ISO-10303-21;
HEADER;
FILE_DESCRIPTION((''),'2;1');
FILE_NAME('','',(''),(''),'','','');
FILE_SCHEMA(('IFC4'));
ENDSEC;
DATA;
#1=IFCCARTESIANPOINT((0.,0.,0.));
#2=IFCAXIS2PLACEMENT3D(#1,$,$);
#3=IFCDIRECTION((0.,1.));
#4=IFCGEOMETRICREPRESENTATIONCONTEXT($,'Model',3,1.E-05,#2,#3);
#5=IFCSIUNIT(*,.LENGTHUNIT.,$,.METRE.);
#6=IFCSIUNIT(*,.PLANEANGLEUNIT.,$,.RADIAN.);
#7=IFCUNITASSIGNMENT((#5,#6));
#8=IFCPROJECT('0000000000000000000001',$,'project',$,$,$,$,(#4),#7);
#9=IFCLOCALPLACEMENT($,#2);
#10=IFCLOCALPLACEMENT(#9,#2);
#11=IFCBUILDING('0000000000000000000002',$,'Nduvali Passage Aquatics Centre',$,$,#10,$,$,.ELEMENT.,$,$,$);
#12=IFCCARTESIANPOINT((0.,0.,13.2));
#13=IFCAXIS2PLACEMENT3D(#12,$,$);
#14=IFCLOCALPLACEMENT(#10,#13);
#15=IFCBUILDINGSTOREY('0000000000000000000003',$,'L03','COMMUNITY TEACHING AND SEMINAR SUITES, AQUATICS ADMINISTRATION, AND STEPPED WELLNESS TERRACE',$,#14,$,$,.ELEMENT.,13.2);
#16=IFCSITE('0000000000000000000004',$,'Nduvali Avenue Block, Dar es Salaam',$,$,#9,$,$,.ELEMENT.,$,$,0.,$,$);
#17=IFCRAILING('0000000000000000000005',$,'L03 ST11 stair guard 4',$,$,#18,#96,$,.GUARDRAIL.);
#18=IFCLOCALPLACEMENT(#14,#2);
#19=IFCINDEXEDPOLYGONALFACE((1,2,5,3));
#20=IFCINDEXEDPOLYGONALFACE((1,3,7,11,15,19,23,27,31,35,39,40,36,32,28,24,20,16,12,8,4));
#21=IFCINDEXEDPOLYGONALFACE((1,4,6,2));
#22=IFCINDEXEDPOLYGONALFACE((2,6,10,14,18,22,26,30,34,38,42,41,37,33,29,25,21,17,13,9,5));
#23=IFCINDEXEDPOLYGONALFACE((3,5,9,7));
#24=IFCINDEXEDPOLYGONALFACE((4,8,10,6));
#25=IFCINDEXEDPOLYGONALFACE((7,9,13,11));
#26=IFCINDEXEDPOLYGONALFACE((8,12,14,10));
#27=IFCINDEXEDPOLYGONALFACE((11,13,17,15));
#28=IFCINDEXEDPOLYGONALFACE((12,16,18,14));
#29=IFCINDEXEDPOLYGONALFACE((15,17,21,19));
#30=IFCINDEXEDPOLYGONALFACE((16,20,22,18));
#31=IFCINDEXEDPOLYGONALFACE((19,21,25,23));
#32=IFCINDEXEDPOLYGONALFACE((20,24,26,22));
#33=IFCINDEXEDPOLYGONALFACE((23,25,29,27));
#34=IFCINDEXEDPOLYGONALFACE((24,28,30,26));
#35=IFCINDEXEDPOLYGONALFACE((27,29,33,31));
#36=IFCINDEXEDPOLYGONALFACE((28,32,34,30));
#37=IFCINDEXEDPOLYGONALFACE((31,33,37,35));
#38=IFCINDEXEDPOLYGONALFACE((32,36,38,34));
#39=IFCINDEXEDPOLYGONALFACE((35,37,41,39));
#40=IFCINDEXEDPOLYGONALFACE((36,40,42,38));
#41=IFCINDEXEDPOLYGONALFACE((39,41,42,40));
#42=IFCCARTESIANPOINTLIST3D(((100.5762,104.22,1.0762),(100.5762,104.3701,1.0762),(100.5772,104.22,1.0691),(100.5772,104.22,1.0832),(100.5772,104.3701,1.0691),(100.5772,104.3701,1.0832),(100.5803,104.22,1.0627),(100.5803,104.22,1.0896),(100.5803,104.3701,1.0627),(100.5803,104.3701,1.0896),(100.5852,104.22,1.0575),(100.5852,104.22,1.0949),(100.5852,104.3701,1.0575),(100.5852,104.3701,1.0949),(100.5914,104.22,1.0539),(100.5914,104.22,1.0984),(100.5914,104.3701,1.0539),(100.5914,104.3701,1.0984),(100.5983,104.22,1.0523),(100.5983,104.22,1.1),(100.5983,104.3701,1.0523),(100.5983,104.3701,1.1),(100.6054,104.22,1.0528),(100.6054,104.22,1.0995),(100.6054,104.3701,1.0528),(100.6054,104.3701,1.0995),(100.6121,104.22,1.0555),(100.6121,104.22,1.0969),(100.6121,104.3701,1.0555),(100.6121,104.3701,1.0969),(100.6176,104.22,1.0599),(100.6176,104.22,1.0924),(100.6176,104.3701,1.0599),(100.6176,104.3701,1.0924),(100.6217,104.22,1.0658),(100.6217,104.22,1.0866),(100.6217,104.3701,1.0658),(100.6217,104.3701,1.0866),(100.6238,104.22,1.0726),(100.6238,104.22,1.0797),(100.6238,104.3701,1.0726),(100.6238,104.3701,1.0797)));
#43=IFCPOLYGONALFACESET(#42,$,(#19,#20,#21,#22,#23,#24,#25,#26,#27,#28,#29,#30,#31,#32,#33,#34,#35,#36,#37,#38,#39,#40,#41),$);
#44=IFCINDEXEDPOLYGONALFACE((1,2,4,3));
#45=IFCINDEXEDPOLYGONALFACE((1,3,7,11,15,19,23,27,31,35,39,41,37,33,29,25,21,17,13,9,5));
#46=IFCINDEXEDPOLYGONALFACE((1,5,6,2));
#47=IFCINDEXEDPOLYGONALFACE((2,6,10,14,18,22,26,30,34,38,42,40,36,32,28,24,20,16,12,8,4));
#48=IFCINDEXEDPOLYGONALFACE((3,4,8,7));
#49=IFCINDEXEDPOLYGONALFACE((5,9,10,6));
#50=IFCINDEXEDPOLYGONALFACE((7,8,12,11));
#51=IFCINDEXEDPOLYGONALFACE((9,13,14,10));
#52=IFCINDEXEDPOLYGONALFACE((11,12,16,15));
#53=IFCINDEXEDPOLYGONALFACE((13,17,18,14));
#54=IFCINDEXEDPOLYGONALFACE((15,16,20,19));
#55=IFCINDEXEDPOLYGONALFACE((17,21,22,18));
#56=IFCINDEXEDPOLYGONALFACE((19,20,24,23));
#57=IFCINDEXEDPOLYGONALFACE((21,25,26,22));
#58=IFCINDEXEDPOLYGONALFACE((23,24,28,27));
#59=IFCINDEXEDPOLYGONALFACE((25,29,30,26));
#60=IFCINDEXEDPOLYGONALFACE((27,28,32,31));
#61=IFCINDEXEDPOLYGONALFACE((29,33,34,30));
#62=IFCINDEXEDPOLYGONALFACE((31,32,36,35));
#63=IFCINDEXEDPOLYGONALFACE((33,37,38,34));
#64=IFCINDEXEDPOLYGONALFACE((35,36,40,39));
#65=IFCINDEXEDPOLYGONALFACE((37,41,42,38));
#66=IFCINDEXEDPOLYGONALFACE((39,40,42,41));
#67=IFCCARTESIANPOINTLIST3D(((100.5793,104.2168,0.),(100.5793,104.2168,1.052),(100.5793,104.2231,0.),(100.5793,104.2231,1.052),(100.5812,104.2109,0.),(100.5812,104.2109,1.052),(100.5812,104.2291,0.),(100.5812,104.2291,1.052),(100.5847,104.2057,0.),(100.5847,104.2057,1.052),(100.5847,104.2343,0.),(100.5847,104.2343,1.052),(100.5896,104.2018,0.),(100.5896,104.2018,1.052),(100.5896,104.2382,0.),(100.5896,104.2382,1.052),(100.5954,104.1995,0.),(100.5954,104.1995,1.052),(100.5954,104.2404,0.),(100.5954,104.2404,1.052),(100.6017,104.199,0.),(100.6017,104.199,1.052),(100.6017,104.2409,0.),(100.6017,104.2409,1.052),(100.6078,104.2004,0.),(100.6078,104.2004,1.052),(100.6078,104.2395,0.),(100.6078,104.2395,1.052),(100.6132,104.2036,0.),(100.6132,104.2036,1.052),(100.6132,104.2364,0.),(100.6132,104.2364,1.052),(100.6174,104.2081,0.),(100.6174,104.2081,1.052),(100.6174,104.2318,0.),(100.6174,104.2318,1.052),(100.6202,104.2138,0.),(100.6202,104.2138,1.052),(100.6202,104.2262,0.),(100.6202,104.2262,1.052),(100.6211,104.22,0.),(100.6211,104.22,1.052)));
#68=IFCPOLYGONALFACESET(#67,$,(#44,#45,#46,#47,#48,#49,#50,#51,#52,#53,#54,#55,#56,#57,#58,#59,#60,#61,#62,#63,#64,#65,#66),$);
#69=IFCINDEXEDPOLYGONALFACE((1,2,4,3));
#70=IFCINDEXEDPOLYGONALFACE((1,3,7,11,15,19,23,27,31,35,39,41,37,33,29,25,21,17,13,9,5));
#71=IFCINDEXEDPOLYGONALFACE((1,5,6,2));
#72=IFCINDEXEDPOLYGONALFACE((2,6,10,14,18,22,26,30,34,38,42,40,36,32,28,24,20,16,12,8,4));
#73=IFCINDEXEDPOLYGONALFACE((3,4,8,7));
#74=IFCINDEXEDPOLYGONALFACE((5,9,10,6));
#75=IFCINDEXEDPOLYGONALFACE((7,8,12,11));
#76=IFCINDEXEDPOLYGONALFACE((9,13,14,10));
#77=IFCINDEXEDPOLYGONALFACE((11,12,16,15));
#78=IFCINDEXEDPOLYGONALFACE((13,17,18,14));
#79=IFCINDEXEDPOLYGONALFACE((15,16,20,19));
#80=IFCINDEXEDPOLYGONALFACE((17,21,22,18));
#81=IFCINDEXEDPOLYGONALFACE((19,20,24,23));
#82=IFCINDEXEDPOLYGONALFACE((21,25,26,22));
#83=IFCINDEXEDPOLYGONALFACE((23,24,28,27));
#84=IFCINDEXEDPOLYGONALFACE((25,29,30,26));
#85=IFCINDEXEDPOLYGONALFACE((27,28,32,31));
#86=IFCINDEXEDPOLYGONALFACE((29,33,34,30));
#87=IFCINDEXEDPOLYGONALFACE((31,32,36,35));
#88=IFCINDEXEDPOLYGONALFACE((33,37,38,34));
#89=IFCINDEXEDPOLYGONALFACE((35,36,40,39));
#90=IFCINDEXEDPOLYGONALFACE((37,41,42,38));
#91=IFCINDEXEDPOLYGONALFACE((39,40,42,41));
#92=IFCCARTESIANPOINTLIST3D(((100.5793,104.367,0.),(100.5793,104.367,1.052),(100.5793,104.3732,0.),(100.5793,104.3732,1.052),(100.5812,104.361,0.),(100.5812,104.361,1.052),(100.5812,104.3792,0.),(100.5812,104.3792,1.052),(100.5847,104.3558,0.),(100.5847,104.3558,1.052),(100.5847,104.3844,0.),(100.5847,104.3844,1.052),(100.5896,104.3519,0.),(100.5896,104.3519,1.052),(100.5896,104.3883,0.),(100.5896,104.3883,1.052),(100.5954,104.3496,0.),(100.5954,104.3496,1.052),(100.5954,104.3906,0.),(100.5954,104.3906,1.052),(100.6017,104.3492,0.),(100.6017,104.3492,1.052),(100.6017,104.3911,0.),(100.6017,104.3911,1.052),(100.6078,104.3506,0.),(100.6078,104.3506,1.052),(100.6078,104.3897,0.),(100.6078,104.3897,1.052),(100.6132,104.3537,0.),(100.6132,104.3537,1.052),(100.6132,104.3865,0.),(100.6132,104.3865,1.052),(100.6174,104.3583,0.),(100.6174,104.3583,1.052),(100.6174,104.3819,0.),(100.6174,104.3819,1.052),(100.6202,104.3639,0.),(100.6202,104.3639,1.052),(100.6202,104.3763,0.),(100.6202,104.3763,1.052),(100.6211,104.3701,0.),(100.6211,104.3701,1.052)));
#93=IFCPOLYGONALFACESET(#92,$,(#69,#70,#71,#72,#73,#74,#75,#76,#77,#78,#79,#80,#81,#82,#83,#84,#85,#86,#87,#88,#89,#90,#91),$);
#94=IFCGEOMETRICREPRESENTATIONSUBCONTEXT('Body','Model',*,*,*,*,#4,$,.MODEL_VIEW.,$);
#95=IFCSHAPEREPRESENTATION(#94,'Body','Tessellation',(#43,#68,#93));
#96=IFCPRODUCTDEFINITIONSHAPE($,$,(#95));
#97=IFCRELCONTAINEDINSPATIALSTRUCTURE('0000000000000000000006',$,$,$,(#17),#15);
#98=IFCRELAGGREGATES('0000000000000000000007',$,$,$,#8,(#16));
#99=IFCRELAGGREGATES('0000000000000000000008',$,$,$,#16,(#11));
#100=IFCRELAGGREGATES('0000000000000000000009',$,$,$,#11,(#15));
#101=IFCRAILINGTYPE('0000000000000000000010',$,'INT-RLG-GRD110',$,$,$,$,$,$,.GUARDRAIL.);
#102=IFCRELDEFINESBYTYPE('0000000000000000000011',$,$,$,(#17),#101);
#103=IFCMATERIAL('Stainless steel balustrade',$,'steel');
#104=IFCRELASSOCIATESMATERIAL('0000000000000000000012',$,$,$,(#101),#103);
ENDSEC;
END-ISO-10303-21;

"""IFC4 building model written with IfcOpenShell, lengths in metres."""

from ifc_helpers import new_model, si_unit, direction, frame, origin, origin_2d, place, context, subcontext, project, spatial, circle, extrude, material, type_object, element, save


model = new_model("IFC4")

# Units and contexts
model_context = context("Model", 3, precision=1e-05, world=origin(), true_north=direction((0.0, 1.0)))
body_context = subcontext(model_context, "Body", "Model", "MODEL_VIEW")
ifc_project = project(units=[si_unit("LENGTHUNIT", "METRE"), si_unit("PLANEANGLEUNIT", "RADIAN")], contexts=[model_context])

# Site, building, storey
site_placement = place(None, origin())
site = spatial("IfcSite", under=ifc_project, at=site_placement, Name="Nduvali Avenue Block, Dar es Salaam", CompositionType="ELEMENT", RefElevation=0.0)
building_placement = place(site_placement, origin())
building = spatial("IfcBuilding", under=site, at=building_placement, Name="Nduvali Passage Aquatics Centre", CompositionType="ELEMENT")
storey_placement = place(building_placement, frame((0.0, 0.0, 13.2)))
storey = spatial("IfcBuildingStorey", under=building, at=storey_placement, Name="L03", Description="COMMUNITY TEACHING AND SEMINAR SUITES, AQUATICS ADMINISTRATION, AND STEPPED WELLNESS TERRACE", CompositionType="ELEMENT", Elevation=13.2)

# Railing
ifc_material_1 = material(Name="Stainless steel balustrade", Category="steel")
railing_type_1 = type_object("IfcRailingType", Name="INT-RLG-GRD110", PredefinedType="GUARDRAIL", material=ifc_material_1)
railing_1_placement = place(storey_placement, frame((100.6001, 104.22, 0.0)))
element("IfcRailing", 1, at=railing_1_placement, inside=storey, type_object=railing_type_1, Name="L03 ST11 stair guard 4", PredefinedType="GUARDRAIL", context=body_context, shape_type="SweptSolid", body=[
    extrude(circle(Radius=0.0239, at=origin_2d()), frame((0.0, 0.0, 1.0762), z_axis=(0.0, 1.0, 0.0), x_axis=(-1.0, 0.0, 0.0)), (0.0, 0.0, 1.0), 0.1501),
    extrude(circle(Radius=0.021, at=origin_2d()), origin(), (0.0, 0.0, 1.0), 1.052),
    extrude(circle(Radius=0.021, at=origin_2d()), frame((0.0, 0.1501, 0.0)), (0.0, 0.0, 1.0), 1.052),
])

save(model, "model.ifc")
